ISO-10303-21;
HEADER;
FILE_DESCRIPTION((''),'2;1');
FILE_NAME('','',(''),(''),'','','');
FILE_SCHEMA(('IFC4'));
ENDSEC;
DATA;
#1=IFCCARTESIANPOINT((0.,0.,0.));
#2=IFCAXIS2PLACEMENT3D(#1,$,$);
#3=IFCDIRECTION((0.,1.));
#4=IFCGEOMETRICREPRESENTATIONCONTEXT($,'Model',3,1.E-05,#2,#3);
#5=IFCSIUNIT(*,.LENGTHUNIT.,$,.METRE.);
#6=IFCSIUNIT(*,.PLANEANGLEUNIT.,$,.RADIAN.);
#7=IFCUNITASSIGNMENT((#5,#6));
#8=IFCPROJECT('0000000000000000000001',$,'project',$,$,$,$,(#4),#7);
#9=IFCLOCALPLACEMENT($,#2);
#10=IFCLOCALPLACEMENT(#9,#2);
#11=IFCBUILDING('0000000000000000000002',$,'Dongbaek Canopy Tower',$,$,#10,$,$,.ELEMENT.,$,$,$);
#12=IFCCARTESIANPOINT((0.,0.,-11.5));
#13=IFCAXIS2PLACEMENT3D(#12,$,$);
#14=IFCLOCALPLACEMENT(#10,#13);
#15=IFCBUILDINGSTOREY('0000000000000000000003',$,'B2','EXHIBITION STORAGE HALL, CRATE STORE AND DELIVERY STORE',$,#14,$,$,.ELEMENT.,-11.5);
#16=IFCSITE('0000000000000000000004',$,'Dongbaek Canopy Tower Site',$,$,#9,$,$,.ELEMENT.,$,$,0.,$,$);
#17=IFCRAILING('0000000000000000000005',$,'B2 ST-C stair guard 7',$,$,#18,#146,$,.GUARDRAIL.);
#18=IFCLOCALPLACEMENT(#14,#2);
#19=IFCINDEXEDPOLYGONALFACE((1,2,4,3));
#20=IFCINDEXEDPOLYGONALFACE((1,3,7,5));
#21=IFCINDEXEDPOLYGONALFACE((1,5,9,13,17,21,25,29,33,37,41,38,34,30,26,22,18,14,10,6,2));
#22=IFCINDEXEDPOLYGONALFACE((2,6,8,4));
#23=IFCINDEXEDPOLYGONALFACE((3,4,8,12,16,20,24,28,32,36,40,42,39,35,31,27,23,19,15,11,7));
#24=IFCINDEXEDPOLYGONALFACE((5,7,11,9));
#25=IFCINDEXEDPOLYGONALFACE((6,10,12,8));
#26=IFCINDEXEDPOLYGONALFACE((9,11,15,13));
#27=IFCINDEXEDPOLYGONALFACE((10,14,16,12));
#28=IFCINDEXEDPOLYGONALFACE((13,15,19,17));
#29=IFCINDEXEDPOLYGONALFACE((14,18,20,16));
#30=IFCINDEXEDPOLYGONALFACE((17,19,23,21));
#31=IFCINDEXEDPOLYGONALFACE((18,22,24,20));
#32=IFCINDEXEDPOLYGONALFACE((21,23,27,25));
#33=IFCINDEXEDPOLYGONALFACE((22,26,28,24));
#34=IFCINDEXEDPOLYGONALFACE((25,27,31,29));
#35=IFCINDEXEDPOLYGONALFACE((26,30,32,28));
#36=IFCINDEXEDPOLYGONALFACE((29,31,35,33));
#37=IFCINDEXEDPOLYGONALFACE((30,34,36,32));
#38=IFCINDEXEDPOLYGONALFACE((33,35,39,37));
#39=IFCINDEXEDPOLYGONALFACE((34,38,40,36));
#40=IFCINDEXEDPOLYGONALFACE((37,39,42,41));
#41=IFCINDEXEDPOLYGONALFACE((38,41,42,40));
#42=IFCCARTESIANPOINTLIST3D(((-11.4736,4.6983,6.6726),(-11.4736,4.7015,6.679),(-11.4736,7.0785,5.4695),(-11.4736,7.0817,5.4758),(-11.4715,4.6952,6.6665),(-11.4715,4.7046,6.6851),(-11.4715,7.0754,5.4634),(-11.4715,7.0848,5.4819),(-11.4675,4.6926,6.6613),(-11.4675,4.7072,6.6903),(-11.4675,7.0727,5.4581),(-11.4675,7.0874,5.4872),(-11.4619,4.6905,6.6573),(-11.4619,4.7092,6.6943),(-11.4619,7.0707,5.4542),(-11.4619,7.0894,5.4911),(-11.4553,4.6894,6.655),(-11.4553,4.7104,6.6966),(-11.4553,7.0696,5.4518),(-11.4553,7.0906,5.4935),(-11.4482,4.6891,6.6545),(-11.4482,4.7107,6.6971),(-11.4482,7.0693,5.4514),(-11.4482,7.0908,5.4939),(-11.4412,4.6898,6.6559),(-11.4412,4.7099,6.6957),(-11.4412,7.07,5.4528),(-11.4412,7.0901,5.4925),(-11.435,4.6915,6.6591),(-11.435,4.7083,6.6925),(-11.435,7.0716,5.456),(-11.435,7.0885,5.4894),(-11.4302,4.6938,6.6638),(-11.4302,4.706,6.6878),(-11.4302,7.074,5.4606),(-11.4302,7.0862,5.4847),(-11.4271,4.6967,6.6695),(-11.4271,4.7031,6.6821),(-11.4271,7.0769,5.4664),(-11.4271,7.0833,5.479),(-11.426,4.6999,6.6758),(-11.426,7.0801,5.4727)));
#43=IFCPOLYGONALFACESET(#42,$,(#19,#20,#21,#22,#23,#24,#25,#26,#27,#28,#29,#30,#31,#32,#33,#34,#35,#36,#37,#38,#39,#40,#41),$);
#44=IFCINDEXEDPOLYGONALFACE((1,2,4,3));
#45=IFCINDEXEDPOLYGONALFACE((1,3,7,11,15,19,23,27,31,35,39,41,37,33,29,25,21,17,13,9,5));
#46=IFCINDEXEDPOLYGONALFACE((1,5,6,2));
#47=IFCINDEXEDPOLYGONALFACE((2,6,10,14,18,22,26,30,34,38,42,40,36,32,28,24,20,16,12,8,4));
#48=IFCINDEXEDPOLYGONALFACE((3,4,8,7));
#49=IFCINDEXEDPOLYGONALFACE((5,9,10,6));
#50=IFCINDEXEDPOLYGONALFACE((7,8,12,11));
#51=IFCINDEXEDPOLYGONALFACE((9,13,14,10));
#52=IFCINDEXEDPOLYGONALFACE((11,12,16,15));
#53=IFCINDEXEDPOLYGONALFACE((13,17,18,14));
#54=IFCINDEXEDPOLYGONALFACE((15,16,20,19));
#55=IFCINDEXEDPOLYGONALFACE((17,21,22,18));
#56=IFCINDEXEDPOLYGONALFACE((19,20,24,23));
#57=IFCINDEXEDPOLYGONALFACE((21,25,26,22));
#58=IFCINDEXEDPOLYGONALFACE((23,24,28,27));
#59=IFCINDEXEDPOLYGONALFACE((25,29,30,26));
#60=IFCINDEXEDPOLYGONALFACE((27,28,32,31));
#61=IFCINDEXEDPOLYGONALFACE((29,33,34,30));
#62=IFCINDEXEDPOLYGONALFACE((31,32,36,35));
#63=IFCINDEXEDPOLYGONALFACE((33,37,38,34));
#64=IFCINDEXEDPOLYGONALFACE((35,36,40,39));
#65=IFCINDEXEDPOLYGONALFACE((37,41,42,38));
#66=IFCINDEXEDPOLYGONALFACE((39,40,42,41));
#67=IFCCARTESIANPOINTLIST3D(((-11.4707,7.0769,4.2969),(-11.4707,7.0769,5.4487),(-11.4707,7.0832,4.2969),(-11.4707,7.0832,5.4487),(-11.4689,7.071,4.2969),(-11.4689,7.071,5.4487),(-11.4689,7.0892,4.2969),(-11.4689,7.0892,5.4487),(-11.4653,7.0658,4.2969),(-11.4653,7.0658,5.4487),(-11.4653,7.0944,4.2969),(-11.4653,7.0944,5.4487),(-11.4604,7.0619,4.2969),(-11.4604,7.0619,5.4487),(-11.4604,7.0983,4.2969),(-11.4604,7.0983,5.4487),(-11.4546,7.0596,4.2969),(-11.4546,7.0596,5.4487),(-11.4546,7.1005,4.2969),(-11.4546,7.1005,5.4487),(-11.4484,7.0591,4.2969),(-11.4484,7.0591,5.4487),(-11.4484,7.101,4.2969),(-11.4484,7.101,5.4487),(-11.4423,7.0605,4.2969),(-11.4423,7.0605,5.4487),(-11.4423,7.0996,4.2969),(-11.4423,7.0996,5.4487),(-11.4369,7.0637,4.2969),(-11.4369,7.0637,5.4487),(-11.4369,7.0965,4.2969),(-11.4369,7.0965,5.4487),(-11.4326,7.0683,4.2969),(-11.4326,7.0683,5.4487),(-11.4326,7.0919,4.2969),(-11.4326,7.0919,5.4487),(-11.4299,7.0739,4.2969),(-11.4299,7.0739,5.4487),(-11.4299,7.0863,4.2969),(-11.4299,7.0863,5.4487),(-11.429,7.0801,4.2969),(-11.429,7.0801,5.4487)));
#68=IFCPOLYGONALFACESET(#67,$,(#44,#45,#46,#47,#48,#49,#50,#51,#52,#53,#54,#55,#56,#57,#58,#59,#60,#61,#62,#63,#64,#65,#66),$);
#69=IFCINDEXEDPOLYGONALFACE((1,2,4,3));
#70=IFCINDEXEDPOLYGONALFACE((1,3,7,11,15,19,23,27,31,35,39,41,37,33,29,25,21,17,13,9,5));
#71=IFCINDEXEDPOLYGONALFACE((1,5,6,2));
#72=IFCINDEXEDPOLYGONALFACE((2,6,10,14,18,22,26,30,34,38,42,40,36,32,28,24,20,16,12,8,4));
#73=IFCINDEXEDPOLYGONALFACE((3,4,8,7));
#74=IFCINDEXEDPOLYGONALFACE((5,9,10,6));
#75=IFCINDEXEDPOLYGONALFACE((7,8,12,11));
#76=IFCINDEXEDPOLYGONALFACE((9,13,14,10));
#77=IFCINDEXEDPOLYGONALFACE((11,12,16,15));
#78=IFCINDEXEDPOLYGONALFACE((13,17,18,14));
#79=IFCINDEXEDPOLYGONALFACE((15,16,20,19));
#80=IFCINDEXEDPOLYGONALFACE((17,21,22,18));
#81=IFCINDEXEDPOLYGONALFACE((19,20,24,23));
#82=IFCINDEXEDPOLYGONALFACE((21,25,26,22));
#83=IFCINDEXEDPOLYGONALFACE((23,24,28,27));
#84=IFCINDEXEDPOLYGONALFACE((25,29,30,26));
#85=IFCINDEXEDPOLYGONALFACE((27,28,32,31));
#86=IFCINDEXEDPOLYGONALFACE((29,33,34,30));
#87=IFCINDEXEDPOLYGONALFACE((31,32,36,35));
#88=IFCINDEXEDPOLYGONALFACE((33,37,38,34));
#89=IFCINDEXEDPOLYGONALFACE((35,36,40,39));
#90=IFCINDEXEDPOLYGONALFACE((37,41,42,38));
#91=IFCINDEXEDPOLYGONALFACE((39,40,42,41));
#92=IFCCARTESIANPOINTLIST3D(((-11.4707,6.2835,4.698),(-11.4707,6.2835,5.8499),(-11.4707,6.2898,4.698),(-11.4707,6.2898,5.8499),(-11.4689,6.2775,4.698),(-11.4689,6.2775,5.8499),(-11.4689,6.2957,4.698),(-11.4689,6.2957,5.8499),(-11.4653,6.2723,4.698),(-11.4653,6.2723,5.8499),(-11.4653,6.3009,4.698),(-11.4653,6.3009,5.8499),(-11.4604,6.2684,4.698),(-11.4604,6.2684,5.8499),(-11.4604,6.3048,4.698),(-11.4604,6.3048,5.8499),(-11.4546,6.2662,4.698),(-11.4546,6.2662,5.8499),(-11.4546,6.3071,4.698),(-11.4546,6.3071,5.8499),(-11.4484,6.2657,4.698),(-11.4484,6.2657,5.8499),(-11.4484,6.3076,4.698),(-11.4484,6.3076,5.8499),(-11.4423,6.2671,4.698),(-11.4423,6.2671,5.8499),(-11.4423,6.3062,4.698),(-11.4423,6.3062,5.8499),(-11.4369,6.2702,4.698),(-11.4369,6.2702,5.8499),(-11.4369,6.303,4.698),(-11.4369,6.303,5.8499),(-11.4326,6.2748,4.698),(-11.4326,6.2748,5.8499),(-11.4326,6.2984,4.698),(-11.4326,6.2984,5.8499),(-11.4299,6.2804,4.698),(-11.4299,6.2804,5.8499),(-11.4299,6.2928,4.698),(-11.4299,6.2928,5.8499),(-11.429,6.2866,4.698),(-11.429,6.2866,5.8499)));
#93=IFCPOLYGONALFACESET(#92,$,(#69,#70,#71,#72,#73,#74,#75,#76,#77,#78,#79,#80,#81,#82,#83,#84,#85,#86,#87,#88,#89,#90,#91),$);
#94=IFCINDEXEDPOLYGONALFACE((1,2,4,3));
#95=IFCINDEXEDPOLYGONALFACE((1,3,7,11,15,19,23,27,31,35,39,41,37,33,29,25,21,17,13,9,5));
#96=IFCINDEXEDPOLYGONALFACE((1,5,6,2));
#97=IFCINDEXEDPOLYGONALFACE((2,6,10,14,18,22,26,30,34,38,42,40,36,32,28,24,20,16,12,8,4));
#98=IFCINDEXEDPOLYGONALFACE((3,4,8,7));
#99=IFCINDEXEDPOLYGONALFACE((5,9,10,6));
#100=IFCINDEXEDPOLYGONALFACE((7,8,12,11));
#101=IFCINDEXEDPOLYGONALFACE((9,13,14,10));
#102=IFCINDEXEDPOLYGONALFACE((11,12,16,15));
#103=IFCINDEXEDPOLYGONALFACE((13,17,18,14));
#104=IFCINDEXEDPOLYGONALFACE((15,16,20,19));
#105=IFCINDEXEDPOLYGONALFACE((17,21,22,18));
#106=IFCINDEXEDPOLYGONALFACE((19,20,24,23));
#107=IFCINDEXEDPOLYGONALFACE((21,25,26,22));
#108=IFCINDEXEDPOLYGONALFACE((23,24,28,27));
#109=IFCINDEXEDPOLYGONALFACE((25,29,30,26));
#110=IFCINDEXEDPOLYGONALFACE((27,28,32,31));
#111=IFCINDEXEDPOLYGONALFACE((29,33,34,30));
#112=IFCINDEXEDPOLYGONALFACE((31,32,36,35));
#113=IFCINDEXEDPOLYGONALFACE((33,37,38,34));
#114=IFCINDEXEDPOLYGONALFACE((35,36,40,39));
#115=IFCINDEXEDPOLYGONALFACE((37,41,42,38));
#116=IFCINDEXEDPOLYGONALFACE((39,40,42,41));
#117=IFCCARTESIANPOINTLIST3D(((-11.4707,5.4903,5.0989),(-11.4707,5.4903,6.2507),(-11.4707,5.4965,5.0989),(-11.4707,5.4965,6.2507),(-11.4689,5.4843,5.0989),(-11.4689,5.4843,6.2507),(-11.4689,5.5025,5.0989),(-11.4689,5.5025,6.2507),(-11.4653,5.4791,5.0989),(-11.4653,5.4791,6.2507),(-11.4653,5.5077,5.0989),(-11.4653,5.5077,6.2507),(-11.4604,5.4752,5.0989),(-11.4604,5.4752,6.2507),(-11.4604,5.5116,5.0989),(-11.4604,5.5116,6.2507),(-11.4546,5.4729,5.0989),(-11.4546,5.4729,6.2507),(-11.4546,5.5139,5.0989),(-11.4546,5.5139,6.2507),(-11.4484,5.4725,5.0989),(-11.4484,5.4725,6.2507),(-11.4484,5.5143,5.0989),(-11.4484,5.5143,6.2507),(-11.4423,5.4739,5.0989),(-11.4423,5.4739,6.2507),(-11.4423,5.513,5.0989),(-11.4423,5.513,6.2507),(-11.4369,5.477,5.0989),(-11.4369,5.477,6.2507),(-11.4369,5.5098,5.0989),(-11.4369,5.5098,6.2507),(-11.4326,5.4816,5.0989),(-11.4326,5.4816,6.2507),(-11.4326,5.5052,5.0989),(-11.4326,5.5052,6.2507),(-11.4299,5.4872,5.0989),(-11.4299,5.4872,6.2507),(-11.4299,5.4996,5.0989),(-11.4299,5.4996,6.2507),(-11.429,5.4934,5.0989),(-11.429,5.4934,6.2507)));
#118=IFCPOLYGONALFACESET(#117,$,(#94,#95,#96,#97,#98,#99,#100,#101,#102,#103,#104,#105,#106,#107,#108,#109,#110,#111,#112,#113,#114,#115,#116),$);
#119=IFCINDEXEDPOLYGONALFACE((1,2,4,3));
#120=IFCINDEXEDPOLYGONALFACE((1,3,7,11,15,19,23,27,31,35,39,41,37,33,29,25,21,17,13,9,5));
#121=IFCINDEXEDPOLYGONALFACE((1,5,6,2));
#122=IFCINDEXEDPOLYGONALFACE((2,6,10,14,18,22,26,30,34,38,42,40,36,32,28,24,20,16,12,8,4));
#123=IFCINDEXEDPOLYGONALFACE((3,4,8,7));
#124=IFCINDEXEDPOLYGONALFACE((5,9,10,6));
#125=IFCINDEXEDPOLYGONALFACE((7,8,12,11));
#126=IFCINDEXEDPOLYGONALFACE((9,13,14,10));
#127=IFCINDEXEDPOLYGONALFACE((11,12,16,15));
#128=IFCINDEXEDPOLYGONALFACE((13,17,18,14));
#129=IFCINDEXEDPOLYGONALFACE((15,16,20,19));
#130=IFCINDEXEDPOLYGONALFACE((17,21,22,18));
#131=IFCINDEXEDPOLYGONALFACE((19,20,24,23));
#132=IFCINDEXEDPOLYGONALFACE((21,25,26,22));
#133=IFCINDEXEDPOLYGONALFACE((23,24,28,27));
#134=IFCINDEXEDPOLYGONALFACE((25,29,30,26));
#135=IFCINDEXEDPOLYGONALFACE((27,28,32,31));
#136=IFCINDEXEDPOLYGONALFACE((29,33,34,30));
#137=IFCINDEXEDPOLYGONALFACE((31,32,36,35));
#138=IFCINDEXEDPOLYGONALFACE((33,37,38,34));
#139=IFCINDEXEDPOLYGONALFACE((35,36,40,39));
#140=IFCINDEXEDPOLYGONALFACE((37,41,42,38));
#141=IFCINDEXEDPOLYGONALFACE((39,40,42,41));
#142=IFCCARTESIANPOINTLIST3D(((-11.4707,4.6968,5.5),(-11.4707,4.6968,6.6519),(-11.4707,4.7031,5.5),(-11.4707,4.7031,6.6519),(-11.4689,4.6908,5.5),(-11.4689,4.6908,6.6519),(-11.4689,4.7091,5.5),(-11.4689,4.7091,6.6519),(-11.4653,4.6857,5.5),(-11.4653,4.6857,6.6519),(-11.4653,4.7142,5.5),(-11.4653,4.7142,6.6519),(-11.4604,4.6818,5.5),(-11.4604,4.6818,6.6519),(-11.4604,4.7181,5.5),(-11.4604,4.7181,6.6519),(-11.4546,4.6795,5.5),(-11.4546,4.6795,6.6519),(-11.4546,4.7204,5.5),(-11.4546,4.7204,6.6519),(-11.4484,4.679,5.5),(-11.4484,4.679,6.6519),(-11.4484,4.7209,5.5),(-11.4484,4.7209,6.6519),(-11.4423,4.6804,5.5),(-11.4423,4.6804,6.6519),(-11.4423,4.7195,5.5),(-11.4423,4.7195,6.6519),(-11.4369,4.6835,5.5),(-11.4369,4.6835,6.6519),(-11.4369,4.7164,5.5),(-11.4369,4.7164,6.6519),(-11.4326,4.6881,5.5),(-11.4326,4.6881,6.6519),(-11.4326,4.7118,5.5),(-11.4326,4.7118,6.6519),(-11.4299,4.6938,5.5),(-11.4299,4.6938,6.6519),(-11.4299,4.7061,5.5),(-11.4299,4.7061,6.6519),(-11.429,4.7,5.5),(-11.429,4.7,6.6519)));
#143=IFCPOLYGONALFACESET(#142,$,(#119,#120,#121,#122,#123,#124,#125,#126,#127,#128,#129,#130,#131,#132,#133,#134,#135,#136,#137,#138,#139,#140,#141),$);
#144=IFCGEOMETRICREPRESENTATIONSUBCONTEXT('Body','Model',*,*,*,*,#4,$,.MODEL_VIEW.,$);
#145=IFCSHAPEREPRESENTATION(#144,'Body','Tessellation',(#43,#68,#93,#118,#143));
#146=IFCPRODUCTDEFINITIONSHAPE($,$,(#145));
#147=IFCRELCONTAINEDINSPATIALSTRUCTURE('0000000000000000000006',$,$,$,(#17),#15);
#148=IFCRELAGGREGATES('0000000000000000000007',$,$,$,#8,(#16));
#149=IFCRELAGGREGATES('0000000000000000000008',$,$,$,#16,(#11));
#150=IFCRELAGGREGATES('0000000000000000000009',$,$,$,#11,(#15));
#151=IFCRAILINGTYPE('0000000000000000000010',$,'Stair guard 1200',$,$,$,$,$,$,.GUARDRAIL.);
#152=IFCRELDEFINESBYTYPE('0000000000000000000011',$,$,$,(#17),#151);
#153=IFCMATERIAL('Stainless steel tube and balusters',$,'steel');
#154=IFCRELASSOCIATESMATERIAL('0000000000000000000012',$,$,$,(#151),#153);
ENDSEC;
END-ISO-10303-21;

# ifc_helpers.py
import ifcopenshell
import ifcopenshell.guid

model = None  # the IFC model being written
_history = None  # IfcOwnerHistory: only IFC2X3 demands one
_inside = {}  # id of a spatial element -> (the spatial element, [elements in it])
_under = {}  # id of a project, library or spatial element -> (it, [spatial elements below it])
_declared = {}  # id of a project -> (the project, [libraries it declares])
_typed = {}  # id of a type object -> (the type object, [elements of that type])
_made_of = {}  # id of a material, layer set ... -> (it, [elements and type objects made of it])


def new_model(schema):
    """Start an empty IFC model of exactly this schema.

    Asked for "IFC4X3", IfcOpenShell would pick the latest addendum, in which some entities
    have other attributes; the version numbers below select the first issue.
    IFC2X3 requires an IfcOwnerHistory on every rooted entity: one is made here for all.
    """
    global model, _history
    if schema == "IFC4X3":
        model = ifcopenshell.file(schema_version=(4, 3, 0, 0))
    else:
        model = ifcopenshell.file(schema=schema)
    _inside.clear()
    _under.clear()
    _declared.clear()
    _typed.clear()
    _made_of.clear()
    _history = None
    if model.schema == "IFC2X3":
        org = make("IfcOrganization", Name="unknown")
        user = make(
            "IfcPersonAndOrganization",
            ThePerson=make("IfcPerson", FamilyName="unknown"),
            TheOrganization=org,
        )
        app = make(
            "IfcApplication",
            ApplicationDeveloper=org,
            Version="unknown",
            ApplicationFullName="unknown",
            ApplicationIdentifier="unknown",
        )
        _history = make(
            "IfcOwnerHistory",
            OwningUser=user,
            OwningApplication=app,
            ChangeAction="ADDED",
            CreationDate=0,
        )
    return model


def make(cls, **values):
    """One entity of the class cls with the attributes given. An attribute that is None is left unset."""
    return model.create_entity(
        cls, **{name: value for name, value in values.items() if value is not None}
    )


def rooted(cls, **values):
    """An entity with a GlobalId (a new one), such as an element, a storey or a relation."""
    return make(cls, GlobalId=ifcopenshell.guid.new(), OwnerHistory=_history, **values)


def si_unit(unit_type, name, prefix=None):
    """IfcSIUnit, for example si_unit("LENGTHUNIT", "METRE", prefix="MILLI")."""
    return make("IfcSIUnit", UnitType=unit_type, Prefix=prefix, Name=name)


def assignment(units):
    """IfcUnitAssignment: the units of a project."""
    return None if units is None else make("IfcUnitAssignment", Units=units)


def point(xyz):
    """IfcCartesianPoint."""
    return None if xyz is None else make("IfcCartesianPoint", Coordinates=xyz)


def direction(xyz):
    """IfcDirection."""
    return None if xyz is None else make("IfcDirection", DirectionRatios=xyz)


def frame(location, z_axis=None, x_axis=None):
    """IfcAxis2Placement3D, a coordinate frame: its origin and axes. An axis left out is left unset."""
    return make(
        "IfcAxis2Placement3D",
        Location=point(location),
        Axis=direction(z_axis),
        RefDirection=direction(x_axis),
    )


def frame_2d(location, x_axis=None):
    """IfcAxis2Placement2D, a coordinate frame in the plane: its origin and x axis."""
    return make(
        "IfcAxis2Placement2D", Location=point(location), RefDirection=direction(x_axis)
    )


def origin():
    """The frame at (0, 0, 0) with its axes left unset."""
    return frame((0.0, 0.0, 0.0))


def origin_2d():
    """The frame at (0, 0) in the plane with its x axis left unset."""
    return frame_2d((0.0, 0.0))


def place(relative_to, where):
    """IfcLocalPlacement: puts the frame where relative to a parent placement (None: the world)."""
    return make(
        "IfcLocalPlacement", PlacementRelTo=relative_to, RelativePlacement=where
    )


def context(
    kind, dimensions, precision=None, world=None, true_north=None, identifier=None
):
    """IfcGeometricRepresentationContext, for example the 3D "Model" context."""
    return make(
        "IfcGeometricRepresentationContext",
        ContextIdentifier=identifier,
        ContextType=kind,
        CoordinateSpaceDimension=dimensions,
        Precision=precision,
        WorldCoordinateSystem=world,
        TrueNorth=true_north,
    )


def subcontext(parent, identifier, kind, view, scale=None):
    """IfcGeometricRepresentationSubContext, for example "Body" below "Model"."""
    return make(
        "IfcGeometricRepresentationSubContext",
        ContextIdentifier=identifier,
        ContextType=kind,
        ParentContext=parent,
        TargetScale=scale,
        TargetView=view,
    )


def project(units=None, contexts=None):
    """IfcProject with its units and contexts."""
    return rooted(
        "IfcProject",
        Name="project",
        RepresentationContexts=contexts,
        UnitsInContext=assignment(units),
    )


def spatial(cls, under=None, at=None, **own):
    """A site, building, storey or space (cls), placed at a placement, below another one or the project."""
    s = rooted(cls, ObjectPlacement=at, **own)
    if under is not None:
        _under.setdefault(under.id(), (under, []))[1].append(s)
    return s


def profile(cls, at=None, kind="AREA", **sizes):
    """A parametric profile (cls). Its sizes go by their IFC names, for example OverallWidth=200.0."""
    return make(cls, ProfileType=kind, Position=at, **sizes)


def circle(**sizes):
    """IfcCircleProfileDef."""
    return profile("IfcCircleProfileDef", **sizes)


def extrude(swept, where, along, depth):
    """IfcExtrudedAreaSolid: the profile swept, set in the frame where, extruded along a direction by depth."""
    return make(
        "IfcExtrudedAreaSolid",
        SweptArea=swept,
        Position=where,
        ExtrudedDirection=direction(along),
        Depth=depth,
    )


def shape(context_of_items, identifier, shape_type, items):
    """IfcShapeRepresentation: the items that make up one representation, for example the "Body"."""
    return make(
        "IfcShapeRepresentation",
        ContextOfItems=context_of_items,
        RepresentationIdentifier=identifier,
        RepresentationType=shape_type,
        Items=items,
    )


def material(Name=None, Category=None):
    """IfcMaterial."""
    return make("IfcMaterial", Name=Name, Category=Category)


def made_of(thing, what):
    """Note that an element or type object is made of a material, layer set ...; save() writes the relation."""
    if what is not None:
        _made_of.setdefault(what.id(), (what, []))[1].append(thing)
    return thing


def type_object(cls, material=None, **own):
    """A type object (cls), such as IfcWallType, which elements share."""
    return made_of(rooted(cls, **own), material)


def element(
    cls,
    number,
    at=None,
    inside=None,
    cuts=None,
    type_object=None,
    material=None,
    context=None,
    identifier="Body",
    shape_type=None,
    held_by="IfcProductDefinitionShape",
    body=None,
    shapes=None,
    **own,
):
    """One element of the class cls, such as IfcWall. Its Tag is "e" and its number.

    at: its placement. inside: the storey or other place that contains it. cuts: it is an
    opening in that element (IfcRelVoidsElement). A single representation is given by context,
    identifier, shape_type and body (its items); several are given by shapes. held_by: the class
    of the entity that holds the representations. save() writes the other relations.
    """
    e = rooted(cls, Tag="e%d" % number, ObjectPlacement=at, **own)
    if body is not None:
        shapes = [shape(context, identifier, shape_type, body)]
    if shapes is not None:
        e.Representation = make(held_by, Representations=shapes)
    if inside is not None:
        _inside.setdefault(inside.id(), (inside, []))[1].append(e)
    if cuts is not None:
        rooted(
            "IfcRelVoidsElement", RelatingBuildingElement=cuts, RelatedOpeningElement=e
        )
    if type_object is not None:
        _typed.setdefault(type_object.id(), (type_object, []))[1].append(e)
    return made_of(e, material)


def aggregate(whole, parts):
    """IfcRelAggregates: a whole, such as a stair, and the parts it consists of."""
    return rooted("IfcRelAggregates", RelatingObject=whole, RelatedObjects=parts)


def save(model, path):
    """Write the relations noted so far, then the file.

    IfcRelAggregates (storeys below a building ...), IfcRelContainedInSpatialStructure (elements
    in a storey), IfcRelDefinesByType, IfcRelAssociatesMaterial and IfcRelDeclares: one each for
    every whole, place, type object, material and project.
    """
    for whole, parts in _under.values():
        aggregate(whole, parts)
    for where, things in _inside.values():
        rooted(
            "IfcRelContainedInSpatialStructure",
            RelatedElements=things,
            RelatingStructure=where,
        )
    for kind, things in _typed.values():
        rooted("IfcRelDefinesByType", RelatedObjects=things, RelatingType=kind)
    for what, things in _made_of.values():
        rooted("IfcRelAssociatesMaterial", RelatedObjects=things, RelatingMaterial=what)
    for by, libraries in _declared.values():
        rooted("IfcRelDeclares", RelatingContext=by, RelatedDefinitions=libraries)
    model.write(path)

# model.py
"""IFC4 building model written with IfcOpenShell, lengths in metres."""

from ifc_helpers import new_model, si_unit, direction, frame, origin, origin_2d, place, context, subcontext, project, spatial, circle, extrude, material, type_object, element, save


model = new_model("IFC4")

# Units and contexts
model_context = context("Model", 3, precision=1e-05, world=origin(), true_north=direction((0.0, 1.0)))
body_context = subcontext(model_context, "Body", "Model", "MODEL_VIEW")
ifc_project = project(units=[si_unit("LENGTHUNIT", "METRE"), si_unit("PLANEANGLEUNIT", "RADIAN")], contexts=[model_context])

# Site, building, storey
site_placement = place(None, origin())
site = spatial("IfcSite", under=ifc_project, at=site_placement, Name="Dongbaek Canopy Tower Site", CompositionType="ELEMENT", RefElevation=0.0)
building_placement = place(site_placement, origin())
building = spatial("IfcBuilding", under=site, at=building_placement, Name="Dongbaek Canopy Tower", CompositionType="ELEMENT")
storey_placement = place(building_placement, frame((0.0, 0.0, -11.5)))
storey = spatial("IfcBuildingStorey", under=building, at=storey_placement, Name="B2", Description="EXHIBITION STORAGE HALL, CRATE STORE AND DELIVERY STORE", CompositionType="ELEMENT", Elevation=-11.5)

# Railing
ifc_material_1 = material(Name="Stainless steel tube and balusters", Category="steel")
railing_type = type_object("IfcRailingType", Name="Stair guard 1200", PredefinedType="GUARDRAIL", material=ifc_material_1)
railing_1_placement = place(storey_placement, frame((-11.45, 7.0801, 4.2969)))
element("IfcRailing", 1, at=railing_1_placement, inside=storey, type_object=railing_type, Name="B2 ST-C stair guard 7", PredefinedType="GUARDRAIL", context=body_context, shape_type="SweptSolid", body=[
    extrude(circle(Radius=0.0239, at=origin_2d()), frame((0.0, 0.0, 1.1758), z_axis=(0.0, -0.89246, 0.451127), x_axis=(1.0, 0.0, 0.0)), (0.0, 0.0, 1.0), 2.667),
    extrude(circle(Radius=0.021, at=origin_2d()), origin(), (0.0, 0.0, 1.0), 1.1519),
    extrude(circle(Radius=0.021, at=origin_2d()), frame((0.0, -0.7935, 0.4011)), (0.0, 0.0, 1.0), 1.1519),
    extrude(circle(Radius=0.021, at=origin_2d()), frame((0.0, -1.5867, 0.802)), (0.0, 0.0, 1.0), 1.1519),
    extrude(circle(Radius=0.021, at=origin_2d()), frame((0.0, -2.3801, 1.2031)), (0.0, 0.0, 1.0), 1.1519),
])

save(model, "model.ifc")
